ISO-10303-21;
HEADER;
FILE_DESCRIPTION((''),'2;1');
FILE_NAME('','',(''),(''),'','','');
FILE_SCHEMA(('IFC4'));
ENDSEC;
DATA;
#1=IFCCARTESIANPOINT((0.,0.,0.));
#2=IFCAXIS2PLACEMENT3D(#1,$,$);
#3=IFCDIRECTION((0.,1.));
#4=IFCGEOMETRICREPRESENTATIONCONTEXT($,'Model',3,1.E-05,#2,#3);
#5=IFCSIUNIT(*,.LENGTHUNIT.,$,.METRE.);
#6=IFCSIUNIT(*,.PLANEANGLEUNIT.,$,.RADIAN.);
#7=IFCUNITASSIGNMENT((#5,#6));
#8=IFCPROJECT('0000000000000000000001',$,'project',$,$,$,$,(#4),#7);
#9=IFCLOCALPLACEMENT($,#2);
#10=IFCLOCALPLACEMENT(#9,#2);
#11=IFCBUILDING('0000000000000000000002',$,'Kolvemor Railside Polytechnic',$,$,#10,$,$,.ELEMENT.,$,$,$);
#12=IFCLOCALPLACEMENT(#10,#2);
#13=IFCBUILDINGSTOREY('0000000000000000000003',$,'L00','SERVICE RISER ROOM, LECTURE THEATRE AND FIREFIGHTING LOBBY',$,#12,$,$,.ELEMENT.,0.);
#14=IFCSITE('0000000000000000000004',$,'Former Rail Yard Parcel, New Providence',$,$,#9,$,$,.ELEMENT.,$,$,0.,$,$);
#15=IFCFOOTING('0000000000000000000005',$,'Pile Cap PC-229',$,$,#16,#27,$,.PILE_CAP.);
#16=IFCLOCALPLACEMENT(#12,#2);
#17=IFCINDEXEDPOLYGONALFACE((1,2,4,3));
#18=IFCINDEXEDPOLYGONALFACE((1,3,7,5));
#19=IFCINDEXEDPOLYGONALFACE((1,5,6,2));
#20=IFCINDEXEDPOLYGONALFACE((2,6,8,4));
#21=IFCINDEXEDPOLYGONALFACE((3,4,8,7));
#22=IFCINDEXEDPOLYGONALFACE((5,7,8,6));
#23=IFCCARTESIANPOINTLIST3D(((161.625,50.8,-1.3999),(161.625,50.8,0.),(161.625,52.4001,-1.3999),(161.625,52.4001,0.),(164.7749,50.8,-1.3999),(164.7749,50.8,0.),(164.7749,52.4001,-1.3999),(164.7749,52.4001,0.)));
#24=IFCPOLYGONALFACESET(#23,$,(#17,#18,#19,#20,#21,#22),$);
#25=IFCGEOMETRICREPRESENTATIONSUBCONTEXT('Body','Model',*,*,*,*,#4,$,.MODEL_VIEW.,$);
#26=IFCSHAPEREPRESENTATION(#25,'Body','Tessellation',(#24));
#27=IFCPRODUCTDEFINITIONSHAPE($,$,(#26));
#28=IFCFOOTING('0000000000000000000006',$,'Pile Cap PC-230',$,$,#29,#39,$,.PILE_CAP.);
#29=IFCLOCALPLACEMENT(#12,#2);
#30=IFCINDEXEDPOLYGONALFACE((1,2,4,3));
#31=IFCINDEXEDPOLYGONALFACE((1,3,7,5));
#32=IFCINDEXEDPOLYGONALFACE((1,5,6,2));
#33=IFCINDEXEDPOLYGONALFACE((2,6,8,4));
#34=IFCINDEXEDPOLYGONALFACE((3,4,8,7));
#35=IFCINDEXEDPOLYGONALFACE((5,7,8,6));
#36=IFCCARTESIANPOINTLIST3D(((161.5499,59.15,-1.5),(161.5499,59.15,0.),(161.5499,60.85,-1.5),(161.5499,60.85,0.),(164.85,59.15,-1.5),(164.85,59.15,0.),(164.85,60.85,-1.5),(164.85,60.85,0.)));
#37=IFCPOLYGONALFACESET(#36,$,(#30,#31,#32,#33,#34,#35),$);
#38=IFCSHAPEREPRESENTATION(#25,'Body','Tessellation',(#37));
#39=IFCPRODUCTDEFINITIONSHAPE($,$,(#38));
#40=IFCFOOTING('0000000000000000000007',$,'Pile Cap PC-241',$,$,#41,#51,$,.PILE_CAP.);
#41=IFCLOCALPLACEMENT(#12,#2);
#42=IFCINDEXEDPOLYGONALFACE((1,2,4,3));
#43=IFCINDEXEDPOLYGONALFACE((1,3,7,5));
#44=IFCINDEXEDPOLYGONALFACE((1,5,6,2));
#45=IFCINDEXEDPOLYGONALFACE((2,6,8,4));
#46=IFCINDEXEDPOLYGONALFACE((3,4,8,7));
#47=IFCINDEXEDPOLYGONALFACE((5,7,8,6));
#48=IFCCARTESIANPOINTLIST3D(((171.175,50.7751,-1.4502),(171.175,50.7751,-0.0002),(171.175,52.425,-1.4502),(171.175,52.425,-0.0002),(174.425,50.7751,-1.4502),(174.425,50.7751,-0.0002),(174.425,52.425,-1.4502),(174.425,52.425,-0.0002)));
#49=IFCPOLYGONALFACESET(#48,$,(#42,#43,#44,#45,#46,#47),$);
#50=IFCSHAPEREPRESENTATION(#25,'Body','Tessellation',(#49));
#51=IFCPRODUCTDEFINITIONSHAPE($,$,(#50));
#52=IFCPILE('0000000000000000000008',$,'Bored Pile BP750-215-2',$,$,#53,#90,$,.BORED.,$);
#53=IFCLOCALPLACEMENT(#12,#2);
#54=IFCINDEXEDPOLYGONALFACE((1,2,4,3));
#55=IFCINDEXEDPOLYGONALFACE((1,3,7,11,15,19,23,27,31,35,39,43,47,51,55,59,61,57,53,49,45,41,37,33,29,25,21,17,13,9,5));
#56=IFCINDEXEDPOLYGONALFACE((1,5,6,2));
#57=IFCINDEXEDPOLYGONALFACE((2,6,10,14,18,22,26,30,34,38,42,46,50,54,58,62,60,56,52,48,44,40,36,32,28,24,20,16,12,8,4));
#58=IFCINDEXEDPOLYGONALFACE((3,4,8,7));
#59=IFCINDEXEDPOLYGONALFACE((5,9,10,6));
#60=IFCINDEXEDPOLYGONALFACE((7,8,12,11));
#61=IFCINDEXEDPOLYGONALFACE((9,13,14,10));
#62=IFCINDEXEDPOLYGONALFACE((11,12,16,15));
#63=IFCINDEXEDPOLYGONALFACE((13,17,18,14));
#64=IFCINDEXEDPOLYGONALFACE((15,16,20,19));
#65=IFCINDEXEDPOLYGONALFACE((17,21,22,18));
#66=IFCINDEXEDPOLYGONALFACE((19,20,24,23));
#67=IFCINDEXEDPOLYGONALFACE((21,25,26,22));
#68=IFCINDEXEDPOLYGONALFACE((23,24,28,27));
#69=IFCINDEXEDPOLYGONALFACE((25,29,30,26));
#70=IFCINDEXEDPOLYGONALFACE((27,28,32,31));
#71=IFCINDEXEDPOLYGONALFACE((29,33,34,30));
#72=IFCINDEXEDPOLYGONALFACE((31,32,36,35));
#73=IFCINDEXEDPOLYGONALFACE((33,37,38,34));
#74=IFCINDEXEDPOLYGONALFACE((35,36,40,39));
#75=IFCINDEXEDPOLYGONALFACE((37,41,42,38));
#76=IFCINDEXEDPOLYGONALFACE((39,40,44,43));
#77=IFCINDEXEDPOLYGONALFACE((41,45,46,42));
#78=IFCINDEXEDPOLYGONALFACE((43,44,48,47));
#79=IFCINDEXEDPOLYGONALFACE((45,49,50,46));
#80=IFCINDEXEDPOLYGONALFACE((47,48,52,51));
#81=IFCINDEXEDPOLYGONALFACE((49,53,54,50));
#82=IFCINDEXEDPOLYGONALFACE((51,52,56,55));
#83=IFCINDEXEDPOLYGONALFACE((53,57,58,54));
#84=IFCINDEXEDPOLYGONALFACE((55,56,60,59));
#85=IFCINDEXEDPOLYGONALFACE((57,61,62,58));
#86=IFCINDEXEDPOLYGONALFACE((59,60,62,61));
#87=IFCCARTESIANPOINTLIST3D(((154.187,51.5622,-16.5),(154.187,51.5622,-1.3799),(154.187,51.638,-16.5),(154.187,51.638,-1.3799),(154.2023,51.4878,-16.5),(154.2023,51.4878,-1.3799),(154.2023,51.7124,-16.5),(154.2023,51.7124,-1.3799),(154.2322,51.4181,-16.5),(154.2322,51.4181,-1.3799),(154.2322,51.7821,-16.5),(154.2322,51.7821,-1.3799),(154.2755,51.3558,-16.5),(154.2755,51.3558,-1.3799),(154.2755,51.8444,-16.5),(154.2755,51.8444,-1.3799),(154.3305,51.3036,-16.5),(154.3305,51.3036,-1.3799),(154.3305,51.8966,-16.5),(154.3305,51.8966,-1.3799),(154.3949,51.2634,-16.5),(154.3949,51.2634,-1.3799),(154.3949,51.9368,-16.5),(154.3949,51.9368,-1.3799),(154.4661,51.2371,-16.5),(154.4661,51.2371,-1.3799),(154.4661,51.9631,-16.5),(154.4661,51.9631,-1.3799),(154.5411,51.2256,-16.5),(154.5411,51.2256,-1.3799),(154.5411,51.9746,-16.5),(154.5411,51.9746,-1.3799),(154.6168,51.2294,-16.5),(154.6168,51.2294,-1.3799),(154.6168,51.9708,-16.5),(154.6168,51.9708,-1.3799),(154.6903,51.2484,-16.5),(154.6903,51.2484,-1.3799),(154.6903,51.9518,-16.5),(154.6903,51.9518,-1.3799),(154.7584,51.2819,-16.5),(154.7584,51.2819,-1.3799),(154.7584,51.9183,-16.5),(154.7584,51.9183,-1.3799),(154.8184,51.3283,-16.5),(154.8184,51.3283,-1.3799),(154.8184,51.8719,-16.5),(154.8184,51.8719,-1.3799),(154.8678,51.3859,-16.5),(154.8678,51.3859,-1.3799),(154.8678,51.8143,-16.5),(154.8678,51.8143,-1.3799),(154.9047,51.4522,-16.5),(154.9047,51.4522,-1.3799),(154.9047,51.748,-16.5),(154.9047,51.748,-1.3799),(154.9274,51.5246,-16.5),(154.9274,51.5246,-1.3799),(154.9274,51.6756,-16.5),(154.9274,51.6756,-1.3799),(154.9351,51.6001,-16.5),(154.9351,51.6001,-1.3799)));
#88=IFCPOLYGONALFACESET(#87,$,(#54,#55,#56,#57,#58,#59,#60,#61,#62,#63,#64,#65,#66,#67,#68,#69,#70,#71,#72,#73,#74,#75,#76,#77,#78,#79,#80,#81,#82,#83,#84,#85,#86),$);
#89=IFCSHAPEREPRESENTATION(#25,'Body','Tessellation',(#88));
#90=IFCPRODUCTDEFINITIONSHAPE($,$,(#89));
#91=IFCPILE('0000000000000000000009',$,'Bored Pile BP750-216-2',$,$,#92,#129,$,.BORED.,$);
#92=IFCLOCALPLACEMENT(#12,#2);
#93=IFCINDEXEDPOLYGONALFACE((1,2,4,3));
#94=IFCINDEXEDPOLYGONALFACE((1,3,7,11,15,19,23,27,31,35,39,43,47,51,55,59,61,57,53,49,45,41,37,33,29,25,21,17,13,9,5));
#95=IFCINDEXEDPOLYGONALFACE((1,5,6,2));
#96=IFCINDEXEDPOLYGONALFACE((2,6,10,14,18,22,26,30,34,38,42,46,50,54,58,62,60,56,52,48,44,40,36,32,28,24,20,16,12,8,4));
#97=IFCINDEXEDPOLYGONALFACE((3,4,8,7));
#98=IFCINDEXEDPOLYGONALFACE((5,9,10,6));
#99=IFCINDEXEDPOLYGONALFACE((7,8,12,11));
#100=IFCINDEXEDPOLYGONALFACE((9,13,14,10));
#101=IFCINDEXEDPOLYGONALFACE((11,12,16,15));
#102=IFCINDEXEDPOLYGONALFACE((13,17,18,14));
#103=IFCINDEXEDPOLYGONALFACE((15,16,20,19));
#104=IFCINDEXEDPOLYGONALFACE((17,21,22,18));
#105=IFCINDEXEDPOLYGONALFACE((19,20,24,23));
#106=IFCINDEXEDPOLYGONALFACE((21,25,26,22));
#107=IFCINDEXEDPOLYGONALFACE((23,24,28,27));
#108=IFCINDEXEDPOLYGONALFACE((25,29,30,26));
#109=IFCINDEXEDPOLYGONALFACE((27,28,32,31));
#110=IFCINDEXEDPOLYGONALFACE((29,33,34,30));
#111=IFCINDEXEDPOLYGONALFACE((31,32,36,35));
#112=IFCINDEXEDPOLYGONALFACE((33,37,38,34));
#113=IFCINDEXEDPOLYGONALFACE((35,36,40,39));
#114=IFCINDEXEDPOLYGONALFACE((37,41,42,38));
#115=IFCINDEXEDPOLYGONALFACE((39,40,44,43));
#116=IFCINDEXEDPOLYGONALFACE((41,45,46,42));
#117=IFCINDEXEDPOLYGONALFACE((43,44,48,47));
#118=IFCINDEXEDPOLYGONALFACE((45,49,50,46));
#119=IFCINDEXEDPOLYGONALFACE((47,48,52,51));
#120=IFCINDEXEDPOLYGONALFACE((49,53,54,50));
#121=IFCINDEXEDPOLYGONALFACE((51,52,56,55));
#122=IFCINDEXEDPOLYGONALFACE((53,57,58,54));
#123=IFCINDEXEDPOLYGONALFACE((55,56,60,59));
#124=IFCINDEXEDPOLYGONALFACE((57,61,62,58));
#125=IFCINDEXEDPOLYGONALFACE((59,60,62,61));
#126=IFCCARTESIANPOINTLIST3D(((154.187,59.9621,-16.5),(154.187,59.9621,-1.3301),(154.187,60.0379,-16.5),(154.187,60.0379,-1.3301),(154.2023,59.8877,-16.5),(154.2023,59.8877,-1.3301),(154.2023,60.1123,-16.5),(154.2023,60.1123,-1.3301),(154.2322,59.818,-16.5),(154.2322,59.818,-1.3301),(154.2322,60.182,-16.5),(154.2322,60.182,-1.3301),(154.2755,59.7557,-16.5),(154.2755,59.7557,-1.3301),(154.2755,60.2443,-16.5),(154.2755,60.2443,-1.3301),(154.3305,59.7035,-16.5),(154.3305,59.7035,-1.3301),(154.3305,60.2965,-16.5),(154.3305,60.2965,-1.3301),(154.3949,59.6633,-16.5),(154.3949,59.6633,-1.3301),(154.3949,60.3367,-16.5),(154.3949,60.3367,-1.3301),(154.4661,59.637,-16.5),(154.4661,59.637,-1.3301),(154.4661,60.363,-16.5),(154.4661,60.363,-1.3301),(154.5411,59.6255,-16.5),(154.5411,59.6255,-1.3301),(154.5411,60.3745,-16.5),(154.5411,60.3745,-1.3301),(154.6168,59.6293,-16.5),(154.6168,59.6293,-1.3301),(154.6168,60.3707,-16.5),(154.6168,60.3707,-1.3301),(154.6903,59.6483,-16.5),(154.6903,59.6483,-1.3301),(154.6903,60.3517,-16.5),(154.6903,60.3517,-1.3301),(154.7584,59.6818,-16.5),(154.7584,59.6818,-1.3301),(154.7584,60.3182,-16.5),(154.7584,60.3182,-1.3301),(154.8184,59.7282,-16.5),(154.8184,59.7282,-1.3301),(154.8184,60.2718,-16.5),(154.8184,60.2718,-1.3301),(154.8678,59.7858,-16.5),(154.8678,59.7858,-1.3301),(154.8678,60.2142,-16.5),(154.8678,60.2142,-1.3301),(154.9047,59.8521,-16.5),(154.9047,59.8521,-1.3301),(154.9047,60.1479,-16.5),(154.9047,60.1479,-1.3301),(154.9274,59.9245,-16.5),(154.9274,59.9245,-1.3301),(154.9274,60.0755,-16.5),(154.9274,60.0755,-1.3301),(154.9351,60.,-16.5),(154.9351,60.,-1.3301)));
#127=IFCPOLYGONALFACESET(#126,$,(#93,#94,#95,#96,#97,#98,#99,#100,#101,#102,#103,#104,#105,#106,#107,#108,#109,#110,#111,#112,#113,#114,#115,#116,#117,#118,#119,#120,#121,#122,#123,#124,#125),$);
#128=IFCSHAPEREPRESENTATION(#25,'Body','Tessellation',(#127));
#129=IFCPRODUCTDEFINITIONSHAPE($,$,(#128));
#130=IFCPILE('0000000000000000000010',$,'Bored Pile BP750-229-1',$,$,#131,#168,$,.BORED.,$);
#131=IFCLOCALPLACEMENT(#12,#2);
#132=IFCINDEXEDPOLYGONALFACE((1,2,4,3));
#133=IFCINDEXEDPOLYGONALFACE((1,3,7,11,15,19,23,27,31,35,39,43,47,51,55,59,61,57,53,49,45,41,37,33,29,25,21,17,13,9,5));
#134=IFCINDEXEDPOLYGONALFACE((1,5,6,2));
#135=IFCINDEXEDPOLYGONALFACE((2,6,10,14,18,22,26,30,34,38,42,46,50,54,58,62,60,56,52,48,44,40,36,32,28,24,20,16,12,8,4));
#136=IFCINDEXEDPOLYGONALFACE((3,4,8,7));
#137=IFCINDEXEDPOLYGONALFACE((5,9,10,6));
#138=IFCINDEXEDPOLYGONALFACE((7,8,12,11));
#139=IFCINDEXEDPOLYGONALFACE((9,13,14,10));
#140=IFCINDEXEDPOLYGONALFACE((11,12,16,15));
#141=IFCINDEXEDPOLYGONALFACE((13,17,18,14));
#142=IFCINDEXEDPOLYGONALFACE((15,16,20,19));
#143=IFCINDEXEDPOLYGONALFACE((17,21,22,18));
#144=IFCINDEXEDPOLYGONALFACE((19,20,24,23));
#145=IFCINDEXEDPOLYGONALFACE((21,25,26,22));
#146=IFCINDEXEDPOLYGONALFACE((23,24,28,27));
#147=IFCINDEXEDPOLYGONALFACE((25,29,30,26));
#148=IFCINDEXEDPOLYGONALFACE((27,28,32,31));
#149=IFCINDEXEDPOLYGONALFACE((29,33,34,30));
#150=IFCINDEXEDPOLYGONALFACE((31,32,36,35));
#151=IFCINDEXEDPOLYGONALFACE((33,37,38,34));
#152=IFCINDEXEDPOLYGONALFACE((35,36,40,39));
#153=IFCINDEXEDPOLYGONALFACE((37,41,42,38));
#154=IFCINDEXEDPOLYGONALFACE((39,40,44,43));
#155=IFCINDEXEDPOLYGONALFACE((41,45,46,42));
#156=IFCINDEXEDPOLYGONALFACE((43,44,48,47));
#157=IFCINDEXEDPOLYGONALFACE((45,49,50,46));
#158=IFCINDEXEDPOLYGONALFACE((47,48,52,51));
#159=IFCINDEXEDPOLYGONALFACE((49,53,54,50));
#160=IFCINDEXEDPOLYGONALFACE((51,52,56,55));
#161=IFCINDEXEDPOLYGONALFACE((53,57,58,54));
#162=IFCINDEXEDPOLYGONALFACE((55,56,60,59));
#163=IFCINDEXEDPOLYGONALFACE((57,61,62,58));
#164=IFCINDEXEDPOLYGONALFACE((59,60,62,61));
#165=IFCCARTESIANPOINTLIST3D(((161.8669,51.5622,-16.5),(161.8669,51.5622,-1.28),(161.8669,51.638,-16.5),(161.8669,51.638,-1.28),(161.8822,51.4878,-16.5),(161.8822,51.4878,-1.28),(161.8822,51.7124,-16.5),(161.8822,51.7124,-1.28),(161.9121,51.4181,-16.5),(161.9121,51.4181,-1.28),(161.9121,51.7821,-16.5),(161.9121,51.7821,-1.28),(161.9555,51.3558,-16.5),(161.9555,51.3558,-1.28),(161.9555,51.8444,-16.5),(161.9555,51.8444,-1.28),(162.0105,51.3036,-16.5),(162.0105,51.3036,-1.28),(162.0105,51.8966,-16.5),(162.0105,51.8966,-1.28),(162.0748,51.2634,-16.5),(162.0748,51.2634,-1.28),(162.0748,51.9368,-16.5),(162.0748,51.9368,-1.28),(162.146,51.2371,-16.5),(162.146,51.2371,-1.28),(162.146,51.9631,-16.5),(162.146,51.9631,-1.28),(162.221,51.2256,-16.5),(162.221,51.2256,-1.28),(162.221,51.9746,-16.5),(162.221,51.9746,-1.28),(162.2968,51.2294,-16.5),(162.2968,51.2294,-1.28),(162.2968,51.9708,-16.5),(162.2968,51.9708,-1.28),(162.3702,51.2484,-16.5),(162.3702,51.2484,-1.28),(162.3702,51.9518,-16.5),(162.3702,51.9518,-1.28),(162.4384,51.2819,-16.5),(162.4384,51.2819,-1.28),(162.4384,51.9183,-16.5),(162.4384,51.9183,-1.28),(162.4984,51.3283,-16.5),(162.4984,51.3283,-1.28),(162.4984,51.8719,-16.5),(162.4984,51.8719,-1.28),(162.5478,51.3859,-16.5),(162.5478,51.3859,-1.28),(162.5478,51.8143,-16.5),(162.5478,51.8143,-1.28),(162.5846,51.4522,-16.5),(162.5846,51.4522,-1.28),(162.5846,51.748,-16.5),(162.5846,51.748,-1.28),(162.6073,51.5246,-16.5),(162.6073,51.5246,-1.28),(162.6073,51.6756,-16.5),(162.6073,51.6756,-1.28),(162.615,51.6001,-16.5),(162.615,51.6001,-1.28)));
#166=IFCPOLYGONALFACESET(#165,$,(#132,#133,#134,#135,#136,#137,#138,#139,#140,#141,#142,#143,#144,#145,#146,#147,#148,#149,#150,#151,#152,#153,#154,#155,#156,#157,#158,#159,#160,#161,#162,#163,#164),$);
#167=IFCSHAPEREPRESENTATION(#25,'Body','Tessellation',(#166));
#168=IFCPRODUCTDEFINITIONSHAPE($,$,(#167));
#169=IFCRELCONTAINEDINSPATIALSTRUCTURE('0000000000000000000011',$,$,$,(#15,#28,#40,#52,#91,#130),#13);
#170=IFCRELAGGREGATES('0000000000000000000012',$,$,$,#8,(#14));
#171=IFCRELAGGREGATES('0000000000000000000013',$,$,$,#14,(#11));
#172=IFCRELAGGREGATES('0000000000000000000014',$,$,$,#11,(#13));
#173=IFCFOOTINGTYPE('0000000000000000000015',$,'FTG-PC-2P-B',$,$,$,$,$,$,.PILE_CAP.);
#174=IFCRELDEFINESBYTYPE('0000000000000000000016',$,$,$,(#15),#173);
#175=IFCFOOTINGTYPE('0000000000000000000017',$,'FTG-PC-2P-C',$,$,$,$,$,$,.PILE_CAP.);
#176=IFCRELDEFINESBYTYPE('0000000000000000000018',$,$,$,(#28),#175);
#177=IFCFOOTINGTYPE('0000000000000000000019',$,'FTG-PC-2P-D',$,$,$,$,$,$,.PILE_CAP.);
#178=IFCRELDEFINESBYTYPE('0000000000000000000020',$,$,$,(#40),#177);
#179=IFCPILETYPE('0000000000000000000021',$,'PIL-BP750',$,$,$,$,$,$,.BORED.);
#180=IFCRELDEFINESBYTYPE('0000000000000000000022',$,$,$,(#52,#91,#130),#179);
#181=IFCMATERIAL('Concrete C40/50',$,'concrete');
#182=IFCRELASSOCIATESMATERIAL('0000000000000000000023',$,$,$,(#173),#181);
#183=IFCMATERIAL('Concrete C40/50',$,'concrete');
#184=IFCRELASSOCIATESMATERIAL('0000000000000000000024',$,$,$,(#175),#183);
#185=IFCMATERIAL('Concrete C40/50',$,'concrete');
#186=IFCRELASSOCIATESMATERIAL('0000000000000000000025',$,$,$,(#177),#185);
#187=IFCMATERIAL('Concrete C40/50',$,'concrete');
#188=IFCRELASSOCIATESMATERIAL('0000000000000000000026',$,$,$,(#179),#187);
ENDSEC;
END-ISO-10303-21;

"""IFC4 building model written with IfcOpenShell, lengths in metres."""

from ifc_helpers import new_model, si_unit, direction, frame, origin, origin_2d, place, context, subcontext, project, spatial, rectangle, circle, extrude, material, material_profile, profile_set, type_object, element, save


model = new_model("IFC4")

# Units and contexts
model_context = context("Model", 3, precision=1e-05, world=origin(), true_north=direction((0.0, 1.0)))
body_context = subcontext(model_context, "Body", "Model", "MODEL_VIEW")
ifc_project = project(units=[si_unit("LENGTHUNIT", "METRE"), si_unit("PLANEANGLEUNIT", "RADIAN")], contexts=[model_context])

# Site, building, storey
site_placement = place(None, origin())
site = spatial("IfcSite", under=ifc_project, at=site_placement, Name="Former Rail Yard Parcel, New Providence", CompositionType="ELEMENT", RefElevation=0.0)
building_placement = place(site_placement, origin())
building = spatial("IfcBuilding", under=site, at=building_placement, Name="Kolvemor Railside Polytechnic", CompositionType="ELEMENT")
storey_placement = place(building_placement, origin())
storey = spatial("IfcBuildingStorey", under=building, at=storey_placement, Name="L00", Description="SERVICE RISER ROOM, LECTURE THEATRE AND FIREFIGHTING LOBBY", CompositionType="ELEMENT", Elevation=0.0)

# Footings
ifc_material_1 = material(Name="Concrete C40/50", Category="concrete")
footing_type_1 = type_object("IfcFootingType", Name="FTG-PC-2P-B", PredefinedType="PILE_CAP", material=ifc_material_1)
footing_1_placement = place(storey_placement, frame((163.2, 51.6001, -1.3999), z_axis=(0.0, 0.0, 1.0), x_axis=(1.0, 0.0, 0.0)))
element("IfcFooting", 1, at=footing_1_placement, inside=storey, type_object=footing_type_1, Name="Pile Cap PC-229", PredefinedType="PILE_CAP", context=body_context, shape_type="SweptSolid", body=[
    extrude(rectangle(XDim=3.1499, YDim=1.6001, at=origin_2d()), origin(), (0.0, 0.0, 1.0), 1.3999),
])
ifc_material_2 = material(Name="Concrete C40/50", Category="concrete")
footing_type_2 = type_object("IfcFootingType", Name="FTG-PC-2P-C", PredefinedType="PILE_CAP", material=ifc_material_2)
footing_2_placement = place(storey_placement, frame((163.2, 60.0, -1.5), z_axis=(0.0, 0.0, 1.0), x_axis=(1.0, 0.0, 0.0)))
element("IfcFooting", 2, at=footing_2_placement, inside=storey, type_object=footing_type_2, Name="Pile Cap PC-230", PredefinedType="PILE_CAP", context=body_context, shape_type="SweptSolid", body=[
    extrude(rectangle(XDim=3.3, YDim=1.7, at=origin_2d()), origin(), (0.0, 0.0, 1.0), 1.5),
])
ifc_material_3 = material(Name="Concrete C40/50", Category="concrete")
footing_type_3 = type_object("IfcFootingType", Name="FTG-PC-2P-D", PredefinedType="PILE_CAP", material=ifc_material_3)
footing_3_placement = place(storey_placement, frame((172.8, 51.6001, -1.4502), z_axis=(0.0, 0.0, 1.0), x_axis=(1.0, 0.0, 0.0)))
element("IfcFooting", 3, at=footing_3_placement, inside=storey, type_object=footing_type_3, Name="Pile Cap PC-241", PredefinedType="PILE_CAP", context=body_context, shape_type="SweptSolid", body=[
    extrude(rectangle(XDim=3.25, YDim=1.6499, at=origin_2d()), origin(), (0.0, 0.0, 1.0), 1.45),
])

# Piles
ifc_material_4 = material(Name="Concrete C40/50", Category="concrete")
ifc_material_profile_1 = material_profile(ifc_material_4, circle(Radius=0.375, at=origin_2d()), Name="BP750")
ifc_profile_set_1 = profile_set([ifc_material_profile_1], Name="Concrete C40/50")
pile_type = type_object("IfcPileType", Name="PIL-BP750", PredefinedType="BORED", material=ifc_profile_set_1)
pile_1_placement = place(storey_placement, frame((154.5601, 51.6001, -1.3799), z_axis=(0.0, 0.0, -1.0), x_axis=(1.0, 0.0, 0.0)))
element("IfcPile", 4, at=pile_1_placement, inside=storey, type_object=pile_type, Name="Bored Pile BP750-215-2", PredefinedType="BORED", context=body_context, shape_type="SweptSolid", body=[
    extrude(circle(Radius=0.375, at=origin_2d()), origin(), (0.0, 0.0, 1.0), 15.1201),
])
pile_2_placement = place(storey_placement, frame((154.5601, 60.0, -1.3301), z_axis=(0.0, 0.0, -1.0), x_axis=(1.0, 0.0, 0.0)))
element("IfcPile", 5, at=pile_2_placement, inside=storey, type_object=pile_type, Name="Bored Pile BP750-216-2", PredefinedType="BORED", context=body_context, shape_type="SweptSolid", body=[
    extrude(circle(Radius=0.375, at=origin_2d()), origin(), (0.0, 0.0, 1.0), 15.1699),
])
for number, where, z_axis, x_axis, name in (
    (6, (162.24, 51.6001, -1.28), (0.0, 0.0, -1.0), (1.0, 0.0, 0.0), "Bored Pile BP750-229-1"),
):
    element("IfcPile", number, at=place(storey_placement, frame(where, z_axis=z_axis, x_axis=x_axis)), inside=storey, type_object=pile_type, Name=name, PredefinedType="BORED", context=body_context, shape_type="SweptSolid", body=[
        extrude(circle(Radius=0.375, at=origin_2d()), origin(), (0.0, 0.0, 1.0), 15.22),
    ])

save(model, "model.ifc")
